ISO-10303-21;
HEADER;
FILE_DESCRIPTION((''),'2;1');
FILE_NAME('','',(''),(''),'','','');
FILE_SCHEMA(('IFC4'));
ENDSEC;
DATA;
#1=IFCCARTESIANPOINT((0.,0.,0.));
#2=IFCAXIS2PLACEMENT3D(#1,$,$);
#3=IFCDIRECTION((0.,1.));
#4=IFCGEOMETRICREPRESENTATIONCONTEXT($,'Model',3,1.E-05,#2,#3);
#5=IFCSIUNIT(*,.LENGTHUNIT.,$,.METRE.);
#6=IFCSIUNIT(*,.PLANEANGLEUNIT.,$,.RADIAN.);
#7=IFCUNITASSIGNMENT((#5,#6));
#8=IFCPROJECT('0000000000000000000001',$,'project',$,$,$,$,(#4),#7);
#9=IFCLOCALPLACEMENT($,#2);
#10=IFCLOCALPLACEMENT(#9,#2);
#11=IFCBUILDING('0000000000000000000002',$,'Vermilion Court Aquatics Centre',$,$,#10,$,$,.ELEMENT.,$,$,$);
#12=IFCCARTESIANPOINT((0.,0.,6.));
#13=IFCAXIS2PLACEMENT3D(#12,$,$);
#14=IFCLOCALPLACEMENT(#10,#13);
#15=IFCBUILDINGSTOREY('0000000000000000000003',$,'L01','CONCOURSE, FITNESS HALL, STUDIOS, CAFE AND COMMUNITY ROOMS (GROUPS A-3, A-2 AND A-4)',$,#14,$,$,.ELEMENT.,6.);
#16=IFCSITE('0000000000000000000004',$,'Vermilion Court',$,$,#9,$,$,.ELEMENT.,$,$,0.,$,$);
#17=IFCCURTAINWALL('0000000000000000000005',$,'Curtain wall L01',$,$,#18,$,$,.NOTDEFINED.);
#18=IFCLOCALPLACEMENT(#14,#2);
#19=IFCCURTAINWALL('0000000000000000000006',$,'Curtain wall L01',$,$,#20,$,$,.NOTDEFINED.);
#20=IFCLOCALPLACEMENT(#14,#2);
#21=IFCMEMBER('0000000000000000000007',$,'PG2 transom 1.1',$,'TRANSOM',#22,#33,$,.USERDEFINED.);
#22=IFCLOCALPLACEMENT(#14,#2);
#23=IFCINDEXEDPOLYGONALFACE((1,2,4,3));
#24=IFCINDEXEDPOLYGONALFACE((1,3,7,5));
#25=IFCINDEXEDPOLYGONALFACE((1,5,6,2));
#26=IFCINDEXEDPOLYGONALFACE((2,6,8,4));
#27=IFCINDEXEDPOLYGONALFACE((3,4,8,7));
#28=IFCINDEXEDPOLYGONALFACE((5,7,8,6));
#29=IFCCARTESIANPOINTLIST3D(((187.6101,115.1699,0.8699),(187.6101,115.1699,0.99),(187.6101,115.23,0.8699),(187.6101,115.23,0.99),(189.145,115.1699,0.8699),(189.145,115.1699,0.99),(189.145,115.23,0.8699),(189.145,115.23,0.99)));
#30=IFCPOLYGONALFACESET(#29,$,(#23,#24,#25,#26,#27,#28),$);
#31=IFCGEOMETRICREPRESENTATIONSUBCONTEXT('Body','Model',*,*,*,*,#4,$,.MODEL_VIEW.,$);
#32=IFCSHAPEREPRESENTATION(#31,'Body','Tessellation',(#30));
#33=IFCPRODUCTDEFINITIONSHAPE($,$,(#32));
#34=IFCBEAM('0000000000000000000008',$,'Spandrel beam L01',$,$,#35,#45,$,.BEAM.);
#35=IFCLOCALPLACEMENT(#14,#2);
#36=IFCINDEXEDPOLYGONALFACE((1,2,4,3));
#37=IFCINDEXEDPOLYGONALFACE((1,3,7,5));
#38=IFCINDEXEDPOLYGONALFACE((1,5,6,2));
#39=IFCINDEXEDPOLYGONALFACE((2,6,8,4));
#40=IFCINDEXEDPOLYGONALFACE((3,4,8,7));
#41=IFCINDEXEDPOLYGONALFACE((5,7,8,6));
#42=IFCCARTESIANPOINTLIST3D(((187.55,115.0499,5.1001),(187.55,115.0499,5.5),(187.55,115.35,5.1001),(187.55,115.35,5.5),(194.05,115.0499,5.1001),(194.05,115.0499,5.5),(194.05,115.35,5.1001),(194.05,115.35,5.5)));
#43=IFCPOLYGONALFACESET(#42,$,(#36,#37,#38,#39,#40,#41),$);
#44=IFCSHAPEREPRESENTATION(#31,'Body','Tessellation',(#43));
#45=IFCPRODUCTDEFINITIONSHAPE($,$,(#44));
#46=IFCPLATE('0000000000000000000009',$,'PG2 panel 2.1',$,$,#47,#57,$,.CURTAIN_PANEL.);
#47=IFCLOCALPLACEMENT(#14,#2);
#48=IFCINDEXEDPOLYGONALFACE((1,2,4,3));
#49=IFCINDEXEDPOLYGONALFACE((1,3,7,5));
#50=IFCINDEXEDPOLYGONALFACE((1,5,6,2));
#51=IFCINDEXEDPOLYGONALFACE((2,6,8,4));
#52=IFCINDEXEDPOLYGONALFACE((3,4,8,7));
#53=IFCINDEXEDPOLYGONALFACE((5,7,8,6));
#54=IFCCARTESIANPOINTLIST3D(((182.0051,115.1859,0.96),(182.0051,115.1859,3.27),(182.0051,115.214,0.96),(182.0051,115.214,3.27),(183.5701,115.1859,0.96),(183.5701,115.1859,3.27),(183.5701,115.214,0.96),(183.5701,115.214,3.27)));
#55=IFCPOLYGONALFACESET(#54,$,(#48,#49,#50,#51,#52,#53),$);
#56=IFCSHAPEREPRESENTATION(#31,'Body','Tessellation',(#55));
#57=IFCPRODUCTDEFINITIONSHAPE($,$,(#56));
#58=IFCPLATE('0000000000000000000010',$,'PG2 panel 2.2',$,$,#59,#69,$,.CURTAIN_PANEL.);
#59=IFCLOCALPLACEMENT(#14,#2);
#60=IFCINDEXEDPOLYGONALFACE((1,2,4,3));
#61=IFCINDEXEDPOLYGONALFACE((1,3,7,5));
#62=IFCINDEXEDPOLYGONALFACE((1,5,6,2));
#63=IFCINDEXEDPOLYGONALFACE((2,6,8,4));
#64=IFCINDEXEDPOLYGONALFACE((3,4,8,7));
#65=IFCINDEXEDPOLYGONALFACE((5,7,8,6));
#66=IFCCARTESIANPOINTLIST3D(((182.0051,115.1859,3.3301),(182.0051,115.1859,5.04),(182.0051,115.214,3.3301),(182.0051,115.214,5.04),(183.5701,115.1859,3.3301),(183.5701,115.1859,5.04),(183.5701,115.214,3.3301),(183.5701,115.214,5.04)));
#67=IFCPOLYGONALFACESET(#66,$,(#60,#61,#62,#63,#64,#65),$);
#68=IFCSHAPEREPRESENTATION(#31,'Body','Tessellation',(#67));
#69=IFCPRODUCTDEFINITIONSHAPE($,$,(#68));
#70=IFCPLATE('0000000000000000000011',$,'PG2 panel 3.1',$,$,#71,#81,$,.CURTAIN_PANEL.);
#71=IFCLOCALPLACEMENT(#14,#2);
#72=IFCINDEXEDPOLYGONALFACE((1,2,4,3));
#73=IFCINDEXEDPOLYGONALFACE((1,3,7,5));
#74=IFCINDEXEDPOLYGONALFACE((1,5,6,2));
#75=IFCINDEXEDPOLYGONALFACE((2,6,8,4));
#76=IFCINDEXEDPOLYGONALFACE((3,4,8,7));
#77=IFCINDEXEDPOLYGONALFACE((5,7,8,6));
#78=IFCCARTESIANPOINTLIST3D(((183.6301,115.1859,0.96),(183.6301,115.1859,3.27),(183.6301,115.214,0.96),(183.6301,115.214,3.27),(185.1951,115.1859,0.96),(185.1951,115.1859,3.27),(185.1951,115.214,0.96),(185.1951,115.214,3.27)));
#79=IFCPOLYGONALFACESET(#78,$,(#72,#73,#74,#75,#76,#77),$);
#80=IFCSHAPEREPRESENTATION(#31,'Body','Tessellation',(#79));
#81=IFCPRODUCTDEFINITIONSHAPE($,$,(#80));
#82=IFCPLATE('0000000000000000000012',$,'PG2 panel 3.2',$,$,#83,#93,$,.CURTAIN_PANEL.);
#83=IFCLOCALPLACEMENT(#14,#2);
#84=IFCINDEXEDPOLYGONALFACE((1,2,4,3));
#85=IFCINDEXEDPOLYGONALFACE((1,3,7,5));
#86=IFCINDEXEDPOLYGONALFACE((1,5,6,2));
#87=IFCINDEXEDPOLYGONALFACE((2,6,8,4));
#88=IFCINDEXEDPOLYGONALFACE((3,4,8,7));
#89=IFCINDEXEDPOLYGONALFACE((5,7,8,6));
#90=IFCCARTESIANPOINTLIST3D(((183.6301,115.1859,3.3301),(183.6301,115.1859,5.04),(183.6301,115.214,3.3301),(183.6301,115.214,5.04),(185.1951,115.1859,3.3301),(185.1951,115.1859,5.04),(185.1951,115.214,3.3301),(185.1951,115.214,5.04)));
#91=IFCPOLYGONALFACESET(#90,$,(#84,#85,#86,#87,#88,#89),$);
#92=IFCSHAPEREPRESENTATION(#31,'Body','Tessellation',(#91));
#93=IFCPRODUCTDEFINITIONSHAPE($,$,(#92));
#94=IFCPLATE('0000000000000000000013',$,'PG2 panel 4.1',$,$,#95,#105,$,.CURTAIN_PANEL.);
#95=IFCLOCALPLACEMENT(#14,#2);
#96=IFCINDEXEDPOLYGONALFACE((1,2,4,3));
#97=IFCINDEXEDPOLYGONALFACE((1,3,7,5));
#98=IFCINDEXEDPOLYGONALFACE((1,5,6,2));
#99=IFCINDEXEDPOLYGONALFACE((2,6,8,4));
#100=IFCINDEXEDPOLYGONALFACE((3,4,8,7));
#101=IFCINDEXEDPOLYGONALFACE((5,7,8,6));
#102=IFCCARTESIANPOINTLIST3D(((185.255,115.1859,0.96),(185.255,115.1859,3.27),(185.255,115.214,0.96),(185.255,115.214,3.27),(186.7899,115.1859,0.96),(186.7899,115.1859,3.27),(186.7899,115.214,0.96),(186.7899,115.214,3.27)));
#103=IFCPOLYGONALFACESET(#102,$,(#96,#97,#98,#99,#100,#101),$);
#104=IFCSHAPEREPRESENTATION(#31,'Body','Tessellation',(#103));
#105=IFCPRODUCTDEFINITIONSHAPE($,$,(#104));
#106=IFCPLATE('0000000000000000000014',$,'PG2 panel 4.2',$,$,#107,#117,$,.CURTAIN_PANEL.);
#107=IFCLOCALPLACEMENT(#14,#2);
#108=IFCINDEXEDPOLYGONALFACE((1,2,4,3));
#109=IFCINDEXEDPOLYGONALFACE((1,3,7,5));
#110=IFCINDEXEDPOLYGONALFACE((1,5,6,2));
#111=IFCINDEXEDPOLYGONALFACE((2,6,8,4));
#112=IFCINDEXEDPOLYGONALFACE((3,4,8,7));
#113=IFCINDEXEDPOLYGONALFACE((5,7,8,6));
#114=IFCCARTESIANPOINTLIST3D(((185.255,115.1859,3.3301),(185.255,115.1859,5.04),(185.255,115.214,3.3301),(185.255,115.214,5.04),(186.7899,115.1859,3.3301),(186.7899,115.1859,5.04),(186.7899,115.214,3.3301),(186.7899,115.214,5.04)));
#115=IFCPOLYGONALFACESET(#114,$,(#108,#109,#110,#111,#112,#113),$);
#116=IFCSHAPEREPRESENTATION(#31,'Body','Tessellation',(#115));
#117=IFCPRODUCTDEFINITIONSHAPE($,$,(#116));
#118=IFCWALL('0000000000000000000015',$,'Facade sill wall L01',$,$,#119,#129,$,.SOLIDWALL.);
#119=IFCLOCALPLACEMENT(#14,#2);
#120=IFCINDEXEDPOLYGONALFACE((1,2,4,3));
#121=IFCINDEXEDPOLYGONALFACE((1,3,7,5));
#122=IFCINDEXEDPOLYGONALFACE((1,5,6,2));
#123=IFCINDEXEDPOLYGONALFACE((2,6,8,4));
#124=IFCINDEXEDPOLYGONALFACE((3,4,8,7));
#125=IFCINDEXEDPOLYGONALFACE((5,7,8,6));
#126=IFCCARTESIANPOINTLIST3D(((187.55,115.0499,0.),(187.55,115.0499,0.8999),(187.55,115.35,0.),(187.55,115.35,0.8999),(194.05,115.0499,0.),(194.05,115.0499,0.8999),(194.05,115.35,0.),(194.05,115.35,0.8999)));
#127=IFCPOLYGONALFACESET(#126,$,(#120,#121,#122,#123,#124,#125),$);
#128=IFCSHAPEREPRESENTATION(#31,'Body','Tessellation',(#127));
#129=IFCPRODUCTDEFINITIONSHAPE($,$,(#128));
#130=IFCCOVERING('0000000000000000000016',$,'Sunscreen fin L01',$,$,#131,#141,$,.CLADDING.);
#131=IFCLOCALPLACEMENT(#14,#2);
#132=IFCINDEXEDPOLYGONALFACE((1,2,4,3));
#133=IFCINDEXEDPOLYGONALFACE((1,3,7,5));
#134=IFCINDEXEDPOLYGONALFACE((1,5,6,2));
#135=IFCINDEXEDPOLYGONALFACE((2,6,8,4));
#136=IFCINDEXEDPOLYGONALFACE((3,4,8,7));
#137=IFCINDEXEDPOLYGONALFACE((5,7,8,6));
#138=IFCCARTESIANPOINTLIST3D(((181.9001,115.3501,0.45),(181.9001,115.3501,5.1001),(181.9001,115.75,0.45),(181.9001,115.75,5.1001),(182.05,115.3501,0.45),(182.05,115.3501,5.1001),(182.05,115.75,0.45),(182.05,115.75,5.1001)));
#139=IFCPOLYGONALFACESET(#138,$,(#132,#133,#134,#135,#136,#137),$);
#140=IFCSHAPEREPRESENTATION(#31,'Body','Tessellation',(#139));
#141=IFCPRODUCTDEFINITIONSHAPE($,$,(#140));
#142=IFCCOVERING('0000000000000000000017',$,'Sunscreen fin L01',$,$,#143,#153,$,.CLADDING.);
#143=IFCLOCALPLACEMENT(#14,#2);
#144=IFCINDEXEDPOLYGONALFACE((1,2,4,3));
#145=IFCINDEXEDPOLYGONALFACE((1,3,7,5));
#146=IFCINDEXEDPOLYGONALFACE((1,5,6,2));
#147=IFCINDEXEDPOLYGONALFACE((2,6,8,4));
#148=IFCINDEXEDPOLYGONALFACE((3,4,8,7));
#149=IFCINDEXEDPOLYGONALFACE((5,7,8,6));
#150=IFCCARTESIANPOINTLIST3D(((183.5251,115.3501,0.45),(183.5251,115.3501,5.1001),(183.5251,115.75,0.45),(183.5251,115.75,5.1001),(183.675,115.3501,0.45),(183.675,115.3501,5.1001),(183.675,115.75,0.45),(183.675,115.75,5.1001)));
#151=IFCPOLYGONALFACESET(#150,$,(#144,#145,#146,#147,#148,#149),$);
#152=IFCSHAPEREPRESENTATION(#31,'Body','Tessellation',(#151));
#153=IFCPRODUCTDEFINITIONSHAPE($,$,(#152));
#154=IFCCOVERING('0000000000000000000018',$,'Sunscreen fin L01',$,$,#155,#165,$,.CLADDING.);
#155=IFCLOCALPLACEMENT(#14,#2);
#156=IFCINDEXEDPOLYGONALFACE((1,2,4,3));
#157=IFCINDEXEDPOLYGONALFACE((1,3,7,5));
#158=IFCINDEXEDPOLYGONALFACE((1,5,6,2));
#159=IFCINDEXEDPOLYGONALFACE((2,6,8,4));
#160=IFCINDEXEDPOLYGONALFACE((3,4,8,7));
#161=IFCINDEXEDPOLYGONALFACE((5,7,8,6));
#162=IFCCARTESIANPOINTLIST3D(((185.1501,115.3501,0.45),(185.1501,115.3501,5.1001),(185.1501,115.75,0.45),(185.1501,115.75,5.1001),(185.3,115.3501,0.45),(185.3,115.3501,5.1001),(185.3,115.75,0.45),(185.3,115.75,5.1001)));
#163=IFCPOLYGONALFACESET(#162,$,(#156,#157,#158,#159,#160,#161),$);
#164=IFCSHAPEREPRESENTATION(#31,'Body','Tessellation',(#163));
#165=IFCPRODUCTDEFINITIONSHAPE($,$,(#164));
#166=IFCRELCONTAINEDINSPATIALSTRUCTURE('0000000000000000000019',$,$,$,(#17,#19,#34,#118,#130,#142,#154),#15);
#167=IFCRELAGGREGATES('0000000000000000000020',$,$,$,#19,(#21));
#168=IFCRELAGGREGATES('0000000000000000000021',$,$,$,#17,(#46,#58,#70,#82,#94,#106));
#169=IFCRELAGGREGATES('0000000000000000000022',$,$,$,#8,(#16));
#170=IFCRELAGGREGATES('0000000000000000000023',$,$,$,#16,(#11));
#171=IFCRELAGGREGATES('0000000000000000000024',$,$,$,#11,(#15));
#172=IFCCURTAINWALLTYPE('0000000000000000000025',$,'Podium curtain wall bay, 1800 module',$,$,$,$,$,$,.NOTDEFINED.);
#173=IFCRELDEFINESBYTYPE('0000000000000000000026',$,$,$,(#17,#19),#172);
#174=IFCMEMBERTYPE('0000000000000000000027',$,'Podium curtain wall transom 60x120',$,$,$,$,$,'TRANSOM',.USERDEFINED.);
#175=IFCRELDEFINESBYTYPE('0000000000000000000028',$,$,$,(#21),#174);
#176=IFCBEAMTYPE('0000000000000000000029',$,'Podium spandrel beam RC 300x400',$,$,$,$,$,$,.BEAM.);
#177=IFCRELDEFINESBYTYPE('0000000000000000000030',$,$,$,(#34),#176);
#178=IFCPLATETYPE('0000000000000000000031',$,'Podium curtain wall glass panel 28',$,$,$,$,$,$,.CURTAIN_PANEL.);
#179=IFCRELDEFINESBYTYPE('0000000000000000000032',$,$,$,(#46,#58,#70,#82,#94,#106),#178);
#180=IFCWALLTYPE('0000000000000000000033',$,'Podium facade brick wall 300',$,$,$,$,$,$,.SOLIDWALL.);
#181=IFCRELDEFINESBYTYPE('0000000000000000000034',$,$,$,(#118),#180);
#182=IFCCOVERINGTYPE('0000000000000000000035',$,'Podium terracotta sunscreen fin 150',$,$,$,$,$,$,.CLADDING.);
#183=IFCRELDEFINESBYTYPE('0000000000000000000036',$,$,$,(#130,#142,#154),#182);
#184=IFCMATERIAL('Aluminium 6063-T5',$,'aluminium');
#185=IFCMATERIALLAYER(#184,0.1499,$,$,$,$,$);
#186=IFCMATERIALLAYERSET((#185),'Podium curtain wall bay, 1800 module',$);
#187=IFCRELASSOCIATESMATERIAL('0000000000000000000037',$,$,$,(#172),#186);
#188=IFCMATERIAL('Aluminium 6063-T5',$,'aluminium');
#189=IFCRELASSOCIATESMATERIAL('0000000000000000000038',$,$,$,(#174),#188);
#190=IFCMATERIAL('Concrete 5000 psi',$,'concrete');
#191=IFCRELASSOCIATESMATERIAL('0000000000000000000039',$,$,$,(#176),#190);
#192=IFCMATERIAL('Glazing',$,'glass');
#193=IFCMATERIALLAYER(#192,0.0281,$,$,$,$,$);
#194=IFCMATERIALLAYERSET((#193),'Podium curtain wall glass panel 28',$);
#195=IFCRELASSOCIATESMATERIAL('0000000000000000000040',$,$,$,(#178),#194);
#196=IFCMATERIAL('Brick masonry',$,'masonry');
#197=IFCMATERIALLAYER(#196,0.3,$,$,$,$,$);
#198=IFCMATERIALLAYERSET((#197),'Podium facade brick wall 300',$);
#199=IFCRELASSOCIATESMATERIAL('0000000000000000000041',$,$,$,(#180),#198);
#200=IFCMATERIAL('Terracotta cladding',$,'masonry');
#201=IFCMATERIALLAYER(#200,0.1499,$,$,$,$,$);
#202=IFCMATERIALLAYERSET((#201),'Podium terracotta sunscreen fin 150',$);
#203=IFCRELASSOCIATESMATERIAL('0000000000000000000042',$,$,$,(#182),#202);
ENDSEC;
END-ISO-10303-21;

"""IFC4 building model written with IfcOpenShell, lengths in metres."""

from ifc_helpers import new_model, si_unit, direction, frame, frame_2d, origin, origin_2d, place, context, subcontext, project, spatial, rectangle, extrude, material, layer, layer_set, material_profile, profile_set, type_object, element, aggregate, save


model = new_model("IFC4")

# Units and contexts
model_context = context("Model", 3, precision=1e-05, world=origin(), true_north=direction((0.0, 1.0)))
body_context = subcontext(model_context, "Body", "Model", "MODEL_VIEW")
ifc_project = project(units=[si_unit("LENGTHUNIT", "METRE"), si_unit("PLANEANGLEUNIT", "RADIAN")], contexts=[model_context])

# Site, building, storey
site_placement = place(None, origin())
site = spatial("IfcSite", under=ifc_project, at=site_placement, Name="Vermilion Court", CompositionType="ELEMENT", RefElevation=0.0)
building_placement = place(site_placement, origin())
building = spatial("IfcBuilding", under=site, at=building_placement, Name="Vermilion Court Aquatics Centre", CompositionType="ELEMENT")
storey_placement = place(building_placement, frame((0.0, 0.0, 6.0)))
storey = spatial("IfcBuildingStorey", under=building, at=storey_placement, Name="L01", Description="CONCOURSE, FITNESS HALL, STUDIOS, CAFE AND COMMUNITY ROOMS (GROUPS A-3, A-2 AND A-4)", CompositionType="ELEMENT", Elevation=6.0)

# Curtain wall
ifc_material_1 = material(Name="Aluminium 6063-T5", Category="aluminium")
ifc_layer_1 = layer(ifc_material_1, 0.1499)
ifc_layer_set_1 = layer_set([ifc_layer_1], Name="Podium curtain wall bay, 1800 module")
curtain_wall_type = type_object("IfcCurtainWallType", Name="Podium curtain wall bay, 1800 module", PredefinedType="NOTDEFINED", material=ifc_layer_set_1)
curtain_wall_1_placement = place(storey_placement, origin())
curtain_wall_1 = element("IfcCurtainWall", 1, at=curtain_wall_1_placement, inside=storey, type_object=curtain_wall_type, Name="Curtain wall L01", PredefinedType="NOTDEFINED")

# Curtain wall
curtain_wall_2_placement = place(storey_placement, origin())
curtain_wall_2 = element("IfcCurtainWall", 2, at=curtain_wall_2_placement, inside=storey, type_object=curtain_wall_type, Name="Curtain wall L01", PredefinedType="NOTDEFINED")

# Member
ifc_material_2 = material(Name="Aluminium 6063-T5", Category="aluminium")
ifc_material_profile_1 = material_profile(ifc_material_2, rectangle(XDim=0.0601, YDim=0.1201, at=origin_2d()), Name="Transom 60x120")
ifc_profile_set_1 = profile_set([ifc_material_profile_1], Name="Aluminium 6063-T5")
member_type_1 = type_object("IfcMemberType", Name="Podium curtain wall transom 60x120", ElementType="TRANSOM", PredefinedType="USERDEFINED", material=ifc_profile_set_1)
member_1_placement = place(storey_placement, frame((187.6101, 115.2, 0.9299), z_axis=(1.0, 0.0, 0.0), x_axis=(0.0, 1.0, 0.0)))
member_1 = element("IfcMember", 3, at=member_1_placement, type_object=member_type_1, Name="PG2 transom 1.1", ObjectType="TRANSOM", PredefinedType="USERDEFINED", context=body_context, shape_type="SweptSolid", body=[
    extrude(rectangle(XDim=0.0601, YDim=0.1201, at=origin_2d()), origin(), (0.0, 0.0, 1.0), 1.5349),
])
aggregate(curtain_wall_2, [member_1])

# Beam
ifc_material_3 = material(Name="Concrete 5000 psi", Category="concrete")
ifc_material_profile_2 = material_profile(ifc_material_3, rectangle(XDim=0.3, YDim=0.3999, at=origin_2d()), Name="RC 300x400")
ifc_profile_set_2 = profile_set([ifc_material_profile_2], Name="Concrete 5000 psi")
beam_type = type_object("IfcBeamType", Name="Podium spandrel beam RC 300x400", PredefinedType="BEAM", material=ifc_profile_set_2)
beam_placement = place(storey_placement, frame((187.55, 115.2, 5.3), z_axis=(1.0, 0.0, 0.0), x_axis=(0.0, 1.0, 0.0)))
element("IfcBeam", 4, at=beam_placement, inside=storey, type_object=beam_type, Name="Spandrel beam L01", PredefinedType="BEAM", context=body_context, shape_type="SweptSolid", body=[
    extrude(rectangle(XDim=0.3, YDim=0.3999, at=origin_2d()), origin(), (0.0, 0.0, 1.0), 6.5),
])

# Plates
ifc_material_4 = material(Name="Glazing", Category="glass")
ifc_layer_2 = layer(ifc_material_4, 0.0281)
ifc_layer_set_2 = layer_set([ifc_layer_2], Name="Podium curtain wall glass panel 28")
plate_type = type_object("IfcPlateType", Name="Podium curtain wall glass panel 28", PredefinedType="CURTAIN_PANEL", material=ifc_layer_set_2)
plate_1_placement = place(storey_placement, frame((182.7876, 115.2, 0.96), z_axis=(0.0, 0.0, 1.0), x_axis=(1.0, 0.0, 0.0)))
plate_1 = element("IfcPlate", 5, at=plate_1_placement, type_object=plate_type, Name="PG2 panel 2.1", PredefinedType="CURTAIN_PANEL", context=body_context, shape_type="SweptSolid", body=[
    extrude(rectangle(XDim=1.5649, YDim=0.0281, at=origin_2d()), origin(), (0.0, 0.0, 1.0), 2.3101),
])
plate_2_placement = place(storey_placement, frame((182.7876, 115.2, 3.3301), z_axis=(0.0, 0.0, 1.0), x_axis=(1.0, 0.0, 0.0)))
plate_2 = element("IfcPlate", 6, at=plate_2_placement, type_object=plate_type, Name="PG2 panel 2.2", PredefinedType="CURTAIN_PANEL", context=body_context, shape_type="SweptSolid", body=[
    extrude(rectangle(XDim=1.5649, YDim=0.0281, at=origin_2d()), origin(), (0.0, 0.0, 1.0), 1.71),
])
plate_3_placement = place(storey_placement, frame((184.4126, 115.2, 0.96), z_axis=(0.0, 0.0, 1.0), x_axis=(1.0, 0.0, 0.0)))
plate_3 = element("IfcPlate", 7, at=plate_3_placement, type_object=plate_type, Name="PG2 panel 3.1", PredefinedType="CURTAIN_PANEL", context=body_context, shape_type="SweptSolid", body=[
    extrude(rectangle(XDim=1.5649, YDim=0.0281, at=origin_2d()), origin(), (0.0, 0.0, 1.0), 2.3101),
])
plate_4_placement = place(storey_placement, frame((184.4126, 115.2, 3.3301), z_axis=(0.0, 0.0, 1.0), x_axis=(1.0, 0.0, 0.0)))
plate_4 = element("IfcPlate", 8, at=plate_4_placement, type_object=plate_type, Name="PG2 panel 3.2", PredefinedType="CURTAIN_PANEL", context=body_context, shape_type="SweptSolid", body=[
    extrude(rectangle(XDim=1.5649, YDim=0.0281, at=origin_2d()), origin(), (0.0, 0.0, 1.0), 1.71),
])
plate_5_placement = place(storey_placement, frame((186.0225, 115.2, 0.96), z_axis=(0.0, 0.0, 1.0), x_axis=(1.0, 0.0, 0.0)))
plate_5 = element("IfcPlate", 9, at=plate_5_placement, type_object=plate_type, Name="PG2 panel 4.1", PredefinedType="CURTAIN_PANEL", context=body_context, shape_type="SweptSolid", body=[
    extrude(rectangle(XDim=1.5349, YDim=0.0281, at=origin_2d()), origin(), (0.0, 0.0, 1.0), 2.3101),
])
plate_6_placement = place(storey_placement, frame((186.0225, 115.2, 3.3301), z_axis=(0.0, 0.0, 1.0), x_axis=(1.0, 0.0, 0.0)))
plate_6 = element("IfcPlate", 10, at=plate_6_placement, type_object=plate_type, Name="PG2 panel 4.2", PredefinedType="CURTAIN_PANEL", context=body_context, shape_type="SweptSolid", body=[
    extrude(rectangle(XDim=1.5349, YDim=0.0281, at=origin_2d()), origin(), (0.0, 0.0, 1.0), 1.71),
])
aggregate(curtain_wall_1, [plate_1, plate_2, plate_3, plate_4, plate_5, plate_6])

# Wall
ifc_material_5 = material(Name="Brick masonry", Category="masonry")
ifc_layer_3 = layer(ifc_material_5, 0.3)
ifc_layer_set_3 = layer_set([ifc_layer_3], Name="Podium facade brick wall 300")
wall_type = type_object("IfcWallType", Name="Podium facade brick wall 300", PredefinedType="SOLIDWALL", material=ifc_layer_set_3)
wall_placement = place(storey_placement, frame((187.55, 115.2, 0.0), z_axis=(0.0, 0.0, 1.0), x_axis=(1.0, 0.0, 0.0)))
element("IfcWall", 11, at=wall_placement, inside=storey, type_object=wall_type, Name="Facade sill wall L01", PredefinedType="SOLIDWALL", context=body_context, shape_type="SweptSolid", body=[
    extrude(rectangle(XDim=6.5, YDim=0.3, at=frame_2d((3.25, 0.0))), origin(), (0.0, 0.0, 1.0), 0.8999),
])

# Coverings
ifc_material_6 = material(Name="Terracotta cladding", Category="masonry")
ifc_layer_4 = layer(ifc_material_6, 0.1499)
ifc_layer_set_4 = layer_set([ifc_layer_4], Name="Podium terracotta sunscreen fin 150")
covering_type = type_object("IfcCoveringType", Name="Podium terracotta sunscreen fin 150", PredefinedType="CLADDING", material=ifc_layer_set_4)
for number, where, z_axis, x_axis, name in (
    (12, (181.9751, 115.3501, 0.45), (0.0, 0.0, 1.0), (0.0, 1.0, 0.0), "Sunscreen fin L01"),
    (13, (183.6001, 115.3501, 0.45), (0.0, 0.0, 1.0), (0.0, 1.0, 0.0), "Sunscreen fin L01"),
    (14, (185.2251, 115.3501, 0.45), (0.0, 0.0, 1.0), (0.0, 1.0, 0.0), "Sunscreen fin L01"),
):
    element("IfcCovering", number, at=place(storey_placement, frame(where, z_axis=z_axis, x_axis=x_axis)), inside=storey, type_object=covering_type, Name=name, PredefinedType="CLADDING", context=body_context, shape_type="SweptSolid", body=[
        extrude(rectangle(XDim=0.3999, YDim=0.1499, at=frame_2d((0.2, 0.0))), origin(), (0.0, 0.0, 1.0), 4.6501),
    ])

save(model, "model.ifc")
